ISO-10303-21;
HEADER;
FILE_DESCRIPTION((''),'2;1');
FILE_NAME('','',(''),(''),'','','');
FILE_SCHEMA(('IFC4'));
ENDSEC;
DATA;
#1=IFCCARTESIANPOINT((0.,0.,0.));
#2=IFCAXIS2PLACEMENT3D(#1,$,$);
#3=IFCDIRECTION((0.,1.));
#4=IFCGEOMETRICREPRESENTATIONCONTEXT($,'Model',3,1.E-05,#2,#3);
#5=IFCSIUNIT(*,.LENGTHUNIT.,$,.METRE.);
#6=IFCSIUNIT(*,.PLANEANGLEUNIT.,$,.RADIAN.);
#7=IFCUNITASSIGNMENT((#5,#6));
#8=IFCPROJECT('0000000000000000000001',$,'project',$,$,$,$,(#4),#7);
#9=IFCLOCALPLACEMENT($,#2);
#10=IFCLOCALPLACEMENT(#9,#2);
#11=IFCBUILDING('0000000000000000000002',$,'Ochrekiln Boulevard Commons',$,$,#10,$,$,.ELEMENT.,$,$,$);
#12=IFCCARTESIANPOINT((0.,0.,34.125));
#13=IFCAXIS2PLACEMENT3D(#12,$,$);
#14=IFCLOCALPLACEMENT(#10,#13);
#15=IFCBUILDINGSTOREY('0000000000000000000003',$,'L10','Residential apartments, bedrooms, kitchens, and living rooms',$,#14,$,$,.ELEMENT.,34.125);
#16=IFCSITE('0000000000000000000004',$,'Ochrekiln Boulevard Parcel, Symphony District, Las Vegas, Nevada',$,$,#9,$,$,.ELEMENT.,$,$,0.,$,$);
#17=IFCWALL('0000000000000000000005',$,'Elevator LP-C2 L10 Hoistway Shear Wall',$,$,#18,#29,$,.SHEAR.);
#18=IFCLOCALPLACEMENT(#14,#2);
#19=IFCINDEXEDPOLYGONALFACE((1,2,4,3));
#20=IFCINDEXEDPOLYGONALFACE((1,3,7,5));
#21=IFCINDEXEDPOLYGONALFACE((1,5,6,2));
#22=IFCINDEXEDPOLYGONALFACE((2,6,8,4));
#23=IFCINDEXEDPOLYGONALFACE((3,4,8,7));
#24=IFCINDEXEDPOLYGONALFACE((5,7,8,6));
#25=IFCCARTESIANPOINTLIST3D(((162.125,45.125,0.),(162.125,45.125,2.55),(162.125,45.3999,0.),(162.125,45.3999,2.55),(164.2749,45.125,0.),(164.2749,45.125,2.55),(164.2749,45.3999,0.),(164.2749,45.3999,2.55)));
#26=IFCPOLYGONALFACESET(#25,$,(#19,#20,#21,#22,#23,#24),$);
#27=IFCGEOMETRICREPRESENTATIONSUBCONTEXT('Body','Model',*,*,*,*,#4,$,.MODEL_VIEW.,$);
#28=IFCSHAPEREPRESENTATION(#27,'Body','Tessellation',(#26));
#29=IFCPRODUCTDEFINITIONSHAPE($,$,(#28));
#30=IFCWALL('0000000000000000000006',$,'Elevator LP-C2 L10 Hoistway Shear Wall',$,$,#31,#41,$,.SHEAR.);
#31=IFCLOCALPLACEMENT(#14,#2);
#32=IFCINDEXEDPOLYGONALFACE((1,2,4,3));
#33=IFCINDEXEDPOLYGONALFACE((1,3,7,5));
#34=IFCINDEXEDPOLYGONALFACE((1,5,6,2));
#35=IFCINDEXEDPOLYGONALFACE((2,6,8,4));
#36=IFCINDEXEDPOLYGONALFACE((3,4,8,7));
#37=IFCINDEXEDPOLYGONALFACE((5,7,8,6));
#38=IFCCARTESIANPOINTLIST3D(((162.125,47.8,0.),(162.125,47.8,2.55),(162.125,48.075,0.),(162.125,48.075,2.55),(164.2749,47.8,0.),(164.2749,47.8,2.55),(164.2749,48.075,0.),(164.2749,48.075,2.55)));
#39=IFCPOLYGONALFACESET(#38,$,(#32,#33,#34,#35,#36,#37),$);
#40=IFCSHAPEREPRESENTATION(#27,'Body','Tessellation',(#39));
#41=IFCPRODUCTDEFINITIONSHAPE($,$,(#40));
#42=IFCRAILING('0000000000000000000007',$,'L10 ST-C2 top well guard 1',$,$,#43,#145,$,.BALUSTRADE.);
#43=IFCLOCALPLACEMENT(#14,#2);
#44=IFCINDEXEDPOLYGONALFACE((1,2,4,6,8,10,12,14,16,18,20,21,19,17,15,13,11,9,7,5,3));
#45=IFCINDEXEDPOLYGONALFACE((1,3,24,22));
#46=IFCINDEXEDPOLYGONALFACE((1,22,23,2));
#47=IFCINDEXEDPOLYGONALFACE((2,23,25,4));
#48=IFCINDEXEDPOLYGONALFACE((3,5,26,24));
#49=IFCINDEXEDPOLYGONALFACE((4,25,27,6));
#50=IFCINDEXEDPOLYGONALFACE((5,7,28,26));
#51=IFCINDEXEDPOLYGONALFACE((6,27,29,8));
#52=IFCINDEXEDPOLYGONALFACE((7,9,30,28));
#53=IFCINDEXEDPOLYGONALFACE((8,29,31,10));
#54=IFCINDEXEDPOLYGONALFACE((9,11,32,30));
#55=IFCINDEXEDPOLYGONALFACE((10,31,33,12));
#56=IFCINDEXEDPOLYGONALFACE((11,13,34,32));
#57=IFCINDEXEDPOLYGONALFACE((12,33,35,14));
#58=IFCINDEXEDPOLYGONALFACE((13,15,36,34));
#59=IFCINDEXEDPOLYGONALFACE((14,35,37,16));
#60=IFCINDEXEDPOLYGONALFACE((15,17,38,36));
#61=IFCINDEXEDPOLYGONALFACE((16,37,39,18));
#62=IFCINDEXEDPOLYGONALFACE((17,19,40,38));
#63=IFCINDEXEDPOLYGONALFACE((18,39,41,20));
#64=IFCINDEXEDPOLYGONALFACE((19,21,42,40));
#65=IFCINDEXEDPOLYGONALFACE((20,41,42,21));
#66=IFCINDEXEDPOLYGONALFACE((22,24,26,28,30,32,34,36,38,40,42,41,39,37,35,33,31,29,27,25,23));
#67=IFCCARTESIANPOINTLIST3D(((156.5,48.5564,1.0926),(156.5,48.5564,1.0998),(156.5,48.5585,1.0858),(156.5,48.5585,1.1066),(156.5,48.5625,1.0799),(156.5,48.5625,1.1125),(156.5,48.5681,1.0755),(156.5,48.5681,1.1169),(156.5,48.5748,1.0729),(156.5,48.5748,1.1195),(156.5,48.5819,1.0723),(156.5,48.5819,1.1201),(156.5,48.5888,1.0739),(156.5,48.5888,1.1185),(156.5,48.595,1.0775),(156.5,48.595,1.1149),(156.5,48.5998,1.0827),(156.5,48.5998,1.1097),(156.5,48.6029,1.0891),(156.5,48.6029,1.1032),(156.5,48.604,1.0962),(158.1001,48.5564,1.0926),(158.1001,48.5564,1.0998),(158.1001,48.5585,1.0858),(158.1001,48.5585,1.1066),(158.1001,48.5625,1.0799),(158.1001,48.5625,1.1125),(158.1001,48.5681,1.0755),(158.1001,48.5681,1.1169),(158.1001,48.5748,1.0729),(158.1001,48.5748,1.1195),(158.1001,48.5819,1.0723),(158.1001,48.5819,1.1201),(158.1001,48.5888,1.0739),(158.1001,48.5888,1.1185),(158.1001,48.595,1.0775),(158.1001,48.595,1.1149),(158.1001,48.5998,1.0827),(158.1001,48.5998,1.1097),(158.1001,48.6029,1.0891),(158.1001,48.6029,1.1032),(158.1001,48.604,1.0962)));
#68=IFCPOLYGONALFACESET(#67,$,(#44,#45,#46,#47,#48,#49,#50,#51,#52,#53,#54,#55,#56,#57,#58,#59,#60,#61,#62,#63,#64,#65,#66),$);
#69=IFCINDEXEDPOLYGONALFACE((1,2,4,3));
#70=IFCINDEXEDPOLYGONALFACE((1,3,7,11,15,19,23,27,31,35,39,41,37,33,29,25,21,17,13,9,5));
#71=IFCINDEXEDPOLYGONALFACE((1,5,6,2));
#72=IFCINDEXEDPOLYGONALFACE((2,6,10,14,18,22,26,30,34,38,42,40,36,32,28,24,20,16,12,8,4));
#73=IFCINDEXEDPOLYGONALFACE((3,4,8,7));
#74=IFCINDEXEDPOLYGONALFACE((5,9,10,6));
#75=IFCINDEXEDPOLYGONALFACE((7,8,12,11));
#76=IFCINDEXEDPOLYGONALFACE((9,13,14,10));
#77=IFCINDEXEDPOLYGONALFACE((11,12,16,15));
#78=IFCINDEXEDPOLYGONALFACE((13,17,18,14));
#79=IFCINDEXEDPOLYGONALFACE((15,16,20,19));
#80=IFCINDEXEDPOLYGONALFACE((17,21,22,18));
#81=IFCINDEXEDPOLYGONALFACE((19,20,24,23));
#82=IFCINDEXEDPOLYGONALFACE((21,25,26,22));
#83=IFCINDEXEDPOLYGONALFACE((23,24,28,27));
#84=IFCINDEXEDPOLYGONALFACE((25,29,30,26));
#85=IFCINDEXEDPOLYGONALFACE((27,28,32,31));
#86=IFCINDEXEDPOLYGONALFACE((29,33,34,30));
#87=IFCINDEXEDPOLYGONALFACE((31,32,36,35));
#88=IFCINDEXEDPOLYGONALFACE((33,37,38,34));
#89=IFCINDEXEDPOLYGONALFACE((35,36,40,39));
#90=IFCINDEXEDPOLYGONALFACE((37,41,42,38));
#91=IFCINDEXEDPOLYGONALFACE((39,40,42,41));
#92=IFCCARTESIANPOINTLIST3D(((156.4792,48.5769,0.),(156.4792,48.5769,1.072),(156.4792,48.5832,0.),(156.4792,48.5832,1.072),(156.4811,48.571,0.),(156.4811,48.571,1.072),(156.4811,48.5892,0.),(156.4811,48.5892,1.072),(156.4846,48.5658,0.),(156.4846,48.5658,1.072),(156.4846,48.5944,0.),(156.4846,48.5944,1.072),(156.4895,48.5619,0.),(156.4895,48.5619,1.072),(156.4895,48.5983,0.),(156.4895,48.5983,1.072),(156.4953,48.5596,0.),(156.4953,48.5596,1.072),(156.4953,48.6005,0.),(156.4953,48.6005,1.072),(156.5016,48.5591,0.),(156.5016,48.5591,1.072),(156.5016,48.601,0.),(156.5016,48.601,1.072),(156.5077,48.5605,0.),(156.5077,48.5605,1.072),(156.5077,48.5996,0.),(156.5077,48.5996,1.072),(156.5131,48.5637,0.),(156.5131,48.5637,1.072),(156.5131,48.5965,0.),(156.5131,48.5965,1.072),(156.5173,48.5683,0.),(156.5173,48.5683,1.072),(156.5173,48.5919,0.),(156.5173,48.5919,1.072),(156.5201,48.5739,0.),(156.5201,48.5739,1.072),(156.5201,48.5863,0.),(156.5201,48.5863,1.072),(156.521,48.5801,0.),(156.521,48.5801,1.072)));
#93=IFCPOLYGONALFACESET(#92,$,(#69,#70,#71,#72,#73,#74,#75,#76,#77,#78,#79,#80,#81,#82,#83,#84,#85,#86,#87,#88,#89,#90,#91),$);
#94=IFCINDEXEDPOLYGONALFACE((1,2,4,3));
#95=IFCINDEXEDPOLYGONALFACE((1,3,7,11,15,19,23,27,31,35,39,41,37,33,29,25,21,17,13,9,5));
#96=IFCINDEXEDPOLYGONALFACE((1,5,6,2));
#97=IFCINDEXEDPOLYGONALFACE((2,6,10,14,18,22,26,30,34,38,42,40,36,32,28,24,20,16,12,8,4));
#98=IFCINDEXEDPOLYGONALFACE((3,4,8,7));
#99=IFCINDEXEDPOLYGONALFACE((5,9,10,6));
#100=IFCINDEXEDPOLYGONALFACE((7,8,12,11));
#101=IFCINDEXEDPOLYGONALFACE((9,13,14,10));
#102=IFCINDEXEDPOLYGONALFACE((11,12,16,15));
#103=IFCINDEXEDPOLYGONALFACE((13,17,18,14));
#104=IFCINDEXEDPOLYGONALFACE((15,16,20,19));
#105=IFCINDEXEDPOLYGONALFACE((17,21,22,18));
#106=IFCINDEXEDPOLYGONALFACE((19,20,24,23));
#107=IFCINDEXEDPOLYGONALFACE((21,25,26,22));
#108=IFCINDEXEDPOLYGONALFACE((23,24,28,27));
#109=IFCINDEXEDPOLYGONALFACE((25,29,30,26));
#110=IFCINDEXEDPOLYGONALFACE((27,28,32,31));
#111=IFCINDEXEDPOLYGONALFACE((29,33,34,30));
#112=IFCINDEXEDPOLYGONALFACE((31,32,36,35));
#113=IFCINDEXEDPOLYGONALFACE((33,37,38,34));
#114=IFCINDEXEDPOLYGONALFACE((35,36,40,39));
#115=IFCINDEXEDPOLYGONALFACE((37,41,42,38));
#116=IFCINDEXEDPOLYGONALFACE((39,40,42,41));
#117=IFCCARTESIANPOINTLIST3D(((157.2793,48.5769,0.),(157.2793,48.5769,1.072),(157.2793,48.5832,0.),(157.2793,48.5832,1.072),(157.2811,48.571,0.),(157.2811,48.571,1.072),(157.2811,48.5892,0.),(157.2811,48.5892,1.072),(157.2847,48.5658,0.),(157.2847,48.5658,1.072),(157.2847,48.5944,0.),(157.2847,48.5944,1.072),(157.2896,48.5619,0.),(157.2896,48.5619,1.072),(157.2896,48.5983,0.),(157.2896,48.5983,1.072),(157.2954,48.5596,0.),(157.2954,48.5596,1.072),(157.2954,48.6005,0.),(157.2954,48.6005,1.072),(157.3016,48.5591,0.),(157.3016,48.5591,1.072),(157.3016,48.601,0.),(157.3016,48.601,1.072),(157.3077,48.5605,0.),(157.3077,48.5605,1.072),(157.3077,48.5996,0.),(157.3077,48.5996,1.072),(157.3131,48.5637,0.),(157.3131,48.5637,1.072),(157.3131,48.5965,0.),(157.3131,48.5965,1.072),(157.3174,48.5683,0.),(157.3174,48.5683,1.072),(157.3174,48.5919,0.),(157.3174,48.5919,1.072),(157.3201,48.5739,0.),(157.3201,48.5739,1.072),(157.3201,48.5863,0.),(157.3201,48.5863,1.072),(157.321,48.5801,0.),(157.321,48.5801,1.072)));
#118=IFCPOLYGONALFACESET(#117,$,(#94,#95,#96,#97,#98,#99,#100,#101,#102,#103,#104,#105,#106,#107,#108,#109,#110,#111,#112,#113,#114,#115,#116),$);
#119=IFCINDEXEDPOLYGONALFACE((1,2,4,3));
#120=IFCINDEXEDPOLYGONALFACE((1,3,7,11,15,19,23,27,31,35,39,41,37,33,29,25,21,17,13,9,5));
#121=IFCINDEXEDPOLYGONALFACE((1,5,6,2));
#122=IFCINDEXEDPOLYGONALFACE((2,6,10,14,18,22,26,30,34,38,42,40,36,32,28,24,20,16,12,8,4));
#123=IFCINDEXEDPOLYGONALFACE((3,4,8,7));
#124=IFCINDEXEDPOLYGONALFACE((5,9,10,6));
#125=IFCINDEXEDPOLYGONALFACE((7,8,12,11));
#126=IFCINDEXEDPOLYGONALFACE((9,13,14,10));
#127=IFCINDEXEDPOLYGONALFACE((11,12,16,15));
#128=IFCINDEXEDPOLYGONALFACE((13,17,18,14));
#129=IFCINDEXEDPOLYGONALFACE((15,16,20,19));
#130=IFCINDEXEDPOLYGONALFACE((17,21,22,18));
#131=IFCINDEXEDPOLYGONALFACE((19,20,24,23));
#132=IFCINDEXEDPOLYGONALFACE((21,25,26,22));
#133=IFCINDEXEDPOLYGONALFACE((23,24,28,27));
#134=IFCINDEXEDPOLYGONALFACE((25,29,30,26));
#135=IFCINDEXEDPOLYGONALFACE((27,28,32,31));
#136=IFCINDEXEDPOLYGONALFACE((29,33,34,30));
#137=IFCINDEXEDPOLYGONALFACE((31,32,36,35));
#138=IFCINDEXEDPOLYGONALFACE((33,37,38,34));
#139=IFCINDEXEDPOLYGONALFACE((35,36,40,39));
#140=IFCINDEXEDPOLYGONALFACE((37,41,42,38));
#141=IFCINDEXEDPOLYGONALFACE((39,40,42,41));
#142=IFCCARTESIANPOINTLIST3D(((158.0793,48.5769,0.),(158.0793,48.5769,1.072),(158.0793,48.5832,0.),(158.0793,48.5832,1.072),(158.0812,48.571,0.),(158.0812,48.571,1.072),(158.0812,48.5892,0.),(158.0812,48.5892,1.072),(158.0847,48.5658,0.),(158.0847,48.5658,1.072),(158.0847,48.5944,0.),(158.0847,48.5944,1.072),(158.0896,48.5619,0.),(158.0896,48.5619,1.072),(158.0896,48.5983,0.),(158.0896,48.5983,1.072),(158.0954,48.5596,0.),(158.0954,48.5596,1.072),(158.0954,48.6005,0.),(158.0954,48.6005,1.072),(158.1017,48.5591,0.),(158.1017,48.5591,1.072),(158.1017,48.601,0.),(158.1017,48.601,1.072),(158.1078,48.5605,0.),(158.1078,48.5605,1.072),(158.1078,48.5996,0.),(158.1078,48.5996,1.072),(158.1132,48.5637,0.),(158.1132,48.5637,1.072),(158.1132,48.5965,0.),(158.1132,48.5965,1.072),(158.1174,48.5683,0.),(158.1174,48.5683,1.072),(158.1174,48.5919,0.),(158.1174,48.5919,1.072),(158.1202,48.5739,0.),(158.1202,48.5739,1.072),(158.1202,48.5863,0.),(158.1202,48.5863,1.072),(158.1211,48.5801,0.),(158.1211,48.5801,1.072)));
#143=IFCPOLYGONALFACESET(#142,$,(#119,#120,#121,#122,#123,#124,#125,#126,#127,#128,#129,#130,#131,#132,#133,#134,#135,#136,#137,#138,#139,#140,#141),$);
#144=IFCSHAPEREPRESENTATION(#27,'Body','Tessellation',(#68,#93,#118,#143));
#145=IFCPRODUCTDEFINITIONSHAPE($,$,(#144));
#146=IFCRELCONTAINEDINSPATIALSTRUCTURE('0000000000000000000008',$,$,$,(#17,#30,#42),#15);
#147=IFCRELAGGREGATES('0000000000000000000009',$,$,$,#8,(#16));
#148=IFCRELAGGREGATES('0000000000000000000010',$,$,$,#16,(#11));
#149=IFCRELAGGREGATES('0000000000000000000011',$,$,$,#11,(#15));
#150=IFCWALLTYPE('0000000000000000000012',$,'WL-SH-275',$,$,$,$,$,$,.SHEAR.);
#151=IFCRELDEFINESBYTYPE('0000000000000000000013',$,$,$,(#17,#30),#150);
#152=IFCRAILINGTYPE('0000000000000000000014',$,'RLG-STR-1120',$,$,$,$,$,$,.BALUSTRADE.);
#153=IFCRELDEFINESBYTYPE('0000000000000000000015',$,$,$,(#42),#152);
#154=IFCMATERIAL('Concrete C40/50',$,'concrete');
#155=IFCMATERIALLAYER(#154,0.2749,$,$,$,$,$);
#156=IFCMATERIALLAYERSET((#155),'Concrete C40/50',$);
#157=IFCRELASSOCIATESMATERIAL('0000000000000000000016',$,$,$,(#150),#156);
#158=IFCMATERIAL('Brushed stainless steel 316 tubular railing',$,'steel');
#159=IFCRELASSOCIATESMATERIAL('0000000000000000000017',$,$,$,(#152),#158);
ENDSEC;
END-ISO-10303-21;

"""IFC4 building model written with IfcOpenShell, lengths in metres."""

from ifc_helpers import new_model, si_unit, direction, frame, frame_2d, origin, origin_2d, place, context, subcontext, project, spatial, rectangle, circle, extrude, material, layer, layer_set, type_object, element, save


model = new_model("IFC4")

# Units and contexts
model_context = context("Model", 3, precision=1e-05, world=origin(), true_north=direction((0.0, 1.0)))
body_context = subcontext(model_context, "Body", "Model", "MODEL_VIEW")
ifc_project = project(units=[si_unit("LENGTHUNIT", "METRE"), si_unit("PLANEANGLEUNIT", "RADIAN")], contexts=[model_context])

# Site, building, storey
site_placement = place(None, origin())
site = spatial("IfcSite", under=ifc_project, at=site_placement, Name="Ochrekiln Boulevard Parcel, Symphony District, Las Vegas, Nevada", CompositionType="ELEMENT", RefElevation=0.0)
building_placement = place(site_placement, origin())
building = spatial("IfcBuilding", under=site, at=building_placement, Name="Ochrekiln Boulevard Commons", CompositionType="ELEMENT")
storey_placement = place(building_placement, frame((0.0, 0.0, 34.125)))
storey = spatial("IfcBuildingStorey", under=building, at=storey_placement, Name="L10", Description="Residential apartments, bedrooms, kitchens, and living rooms", CompositionType="ELEMENT", Elevation=34.125)

# Shared definitions
ifc_material_1 = material(Name="Concrete C40/50", Category="concrete")

# Walls
ifc_layer_1 = layer(ifc_material_1, 0.2749)
ifc_layer_set_1 = layer_set([ifc_layer_1], Name="Concrete C40/50")
wall_type_1 = type_object("IfcWallType", Name="WL-SH-275", PredefinedType="SHEAR", material=ifc_layer_set_1)
for number, where, z_axis, x_axis, name in (
    (1, (162.125, 45.2625, 0.0), (0.0, 0.0, 1.0), (1.0, 0.0, 0.0), "Elevator LP-C2 L10 Hoistway Shear Wall"),
    (2, (162.125, 47.9375, 0.0), (0.0, 0.0, 1.0), (1.0, 0.0, 0.0), "Elevator LP-C2 L10 Hoistway Shear Wall"),
):
    element("IfcWall", number, at=place(storey_placement, frame(where, z_axis=z_axis, x_axis=x_axis)), inside=storey, type_object=wall_type_1, Name=name, PredefinedType="SHEAR", context=body_context, shape_type="SweptSolid", body=[
        extrude(rectangle(XDim=2.1499, YDim=0.2749, at=frame_2d((1.075, 0.0))), origin(), (0.0, 0.0, 1.0), 2.55),
    ])

# Railing
ifc_material_2 = material(Name="Brushed stainless steel 316 tubular railing", Category="steel")
railing_type = type_object("IfcRailingType", Name="RLG-STR-1120", PredefinedType="BALUSTRADE", material=ifc_material_2)
railing_placement = place(storey_placement, frame((156.5, 48.5801, 0.0)))
element("IfcRailing", 3, at=railing_placement, inside=storey, type_object=railing_type, Name="L10 ST-C2 top well guard 1", PredefinedType="BALUSTRADE", context=body_context, shape_type="SweptSolid", body=[
    extrude(circle(Radius=0.0239, at=origin_2d()), frame((0.0, 0.0, 1.0962), z_axis=(1.0, 0.0, 0.0), x_axis=(0.0, 1.0, 0.0)), (0.0, 0.0, 1.0), 1.6001),
    extrude(circle(Radius=0.021, at=origin_2d()), origin(), (0.0, 0.0, 1.0), 1.072),
    extrude(circle(Radius=0.021, at=origin_2d()), frame((0.8, 0.0, 0.0)), (0.0, 0.0, 1.0), 1.072),
    extrude(circle(Radius=0.021, at=origin_2d()), frame((1.6001, 0.0, 0.0)), (0.0, 0.0, 1.0), 1.072),
])

save(model, "model.ifc")
